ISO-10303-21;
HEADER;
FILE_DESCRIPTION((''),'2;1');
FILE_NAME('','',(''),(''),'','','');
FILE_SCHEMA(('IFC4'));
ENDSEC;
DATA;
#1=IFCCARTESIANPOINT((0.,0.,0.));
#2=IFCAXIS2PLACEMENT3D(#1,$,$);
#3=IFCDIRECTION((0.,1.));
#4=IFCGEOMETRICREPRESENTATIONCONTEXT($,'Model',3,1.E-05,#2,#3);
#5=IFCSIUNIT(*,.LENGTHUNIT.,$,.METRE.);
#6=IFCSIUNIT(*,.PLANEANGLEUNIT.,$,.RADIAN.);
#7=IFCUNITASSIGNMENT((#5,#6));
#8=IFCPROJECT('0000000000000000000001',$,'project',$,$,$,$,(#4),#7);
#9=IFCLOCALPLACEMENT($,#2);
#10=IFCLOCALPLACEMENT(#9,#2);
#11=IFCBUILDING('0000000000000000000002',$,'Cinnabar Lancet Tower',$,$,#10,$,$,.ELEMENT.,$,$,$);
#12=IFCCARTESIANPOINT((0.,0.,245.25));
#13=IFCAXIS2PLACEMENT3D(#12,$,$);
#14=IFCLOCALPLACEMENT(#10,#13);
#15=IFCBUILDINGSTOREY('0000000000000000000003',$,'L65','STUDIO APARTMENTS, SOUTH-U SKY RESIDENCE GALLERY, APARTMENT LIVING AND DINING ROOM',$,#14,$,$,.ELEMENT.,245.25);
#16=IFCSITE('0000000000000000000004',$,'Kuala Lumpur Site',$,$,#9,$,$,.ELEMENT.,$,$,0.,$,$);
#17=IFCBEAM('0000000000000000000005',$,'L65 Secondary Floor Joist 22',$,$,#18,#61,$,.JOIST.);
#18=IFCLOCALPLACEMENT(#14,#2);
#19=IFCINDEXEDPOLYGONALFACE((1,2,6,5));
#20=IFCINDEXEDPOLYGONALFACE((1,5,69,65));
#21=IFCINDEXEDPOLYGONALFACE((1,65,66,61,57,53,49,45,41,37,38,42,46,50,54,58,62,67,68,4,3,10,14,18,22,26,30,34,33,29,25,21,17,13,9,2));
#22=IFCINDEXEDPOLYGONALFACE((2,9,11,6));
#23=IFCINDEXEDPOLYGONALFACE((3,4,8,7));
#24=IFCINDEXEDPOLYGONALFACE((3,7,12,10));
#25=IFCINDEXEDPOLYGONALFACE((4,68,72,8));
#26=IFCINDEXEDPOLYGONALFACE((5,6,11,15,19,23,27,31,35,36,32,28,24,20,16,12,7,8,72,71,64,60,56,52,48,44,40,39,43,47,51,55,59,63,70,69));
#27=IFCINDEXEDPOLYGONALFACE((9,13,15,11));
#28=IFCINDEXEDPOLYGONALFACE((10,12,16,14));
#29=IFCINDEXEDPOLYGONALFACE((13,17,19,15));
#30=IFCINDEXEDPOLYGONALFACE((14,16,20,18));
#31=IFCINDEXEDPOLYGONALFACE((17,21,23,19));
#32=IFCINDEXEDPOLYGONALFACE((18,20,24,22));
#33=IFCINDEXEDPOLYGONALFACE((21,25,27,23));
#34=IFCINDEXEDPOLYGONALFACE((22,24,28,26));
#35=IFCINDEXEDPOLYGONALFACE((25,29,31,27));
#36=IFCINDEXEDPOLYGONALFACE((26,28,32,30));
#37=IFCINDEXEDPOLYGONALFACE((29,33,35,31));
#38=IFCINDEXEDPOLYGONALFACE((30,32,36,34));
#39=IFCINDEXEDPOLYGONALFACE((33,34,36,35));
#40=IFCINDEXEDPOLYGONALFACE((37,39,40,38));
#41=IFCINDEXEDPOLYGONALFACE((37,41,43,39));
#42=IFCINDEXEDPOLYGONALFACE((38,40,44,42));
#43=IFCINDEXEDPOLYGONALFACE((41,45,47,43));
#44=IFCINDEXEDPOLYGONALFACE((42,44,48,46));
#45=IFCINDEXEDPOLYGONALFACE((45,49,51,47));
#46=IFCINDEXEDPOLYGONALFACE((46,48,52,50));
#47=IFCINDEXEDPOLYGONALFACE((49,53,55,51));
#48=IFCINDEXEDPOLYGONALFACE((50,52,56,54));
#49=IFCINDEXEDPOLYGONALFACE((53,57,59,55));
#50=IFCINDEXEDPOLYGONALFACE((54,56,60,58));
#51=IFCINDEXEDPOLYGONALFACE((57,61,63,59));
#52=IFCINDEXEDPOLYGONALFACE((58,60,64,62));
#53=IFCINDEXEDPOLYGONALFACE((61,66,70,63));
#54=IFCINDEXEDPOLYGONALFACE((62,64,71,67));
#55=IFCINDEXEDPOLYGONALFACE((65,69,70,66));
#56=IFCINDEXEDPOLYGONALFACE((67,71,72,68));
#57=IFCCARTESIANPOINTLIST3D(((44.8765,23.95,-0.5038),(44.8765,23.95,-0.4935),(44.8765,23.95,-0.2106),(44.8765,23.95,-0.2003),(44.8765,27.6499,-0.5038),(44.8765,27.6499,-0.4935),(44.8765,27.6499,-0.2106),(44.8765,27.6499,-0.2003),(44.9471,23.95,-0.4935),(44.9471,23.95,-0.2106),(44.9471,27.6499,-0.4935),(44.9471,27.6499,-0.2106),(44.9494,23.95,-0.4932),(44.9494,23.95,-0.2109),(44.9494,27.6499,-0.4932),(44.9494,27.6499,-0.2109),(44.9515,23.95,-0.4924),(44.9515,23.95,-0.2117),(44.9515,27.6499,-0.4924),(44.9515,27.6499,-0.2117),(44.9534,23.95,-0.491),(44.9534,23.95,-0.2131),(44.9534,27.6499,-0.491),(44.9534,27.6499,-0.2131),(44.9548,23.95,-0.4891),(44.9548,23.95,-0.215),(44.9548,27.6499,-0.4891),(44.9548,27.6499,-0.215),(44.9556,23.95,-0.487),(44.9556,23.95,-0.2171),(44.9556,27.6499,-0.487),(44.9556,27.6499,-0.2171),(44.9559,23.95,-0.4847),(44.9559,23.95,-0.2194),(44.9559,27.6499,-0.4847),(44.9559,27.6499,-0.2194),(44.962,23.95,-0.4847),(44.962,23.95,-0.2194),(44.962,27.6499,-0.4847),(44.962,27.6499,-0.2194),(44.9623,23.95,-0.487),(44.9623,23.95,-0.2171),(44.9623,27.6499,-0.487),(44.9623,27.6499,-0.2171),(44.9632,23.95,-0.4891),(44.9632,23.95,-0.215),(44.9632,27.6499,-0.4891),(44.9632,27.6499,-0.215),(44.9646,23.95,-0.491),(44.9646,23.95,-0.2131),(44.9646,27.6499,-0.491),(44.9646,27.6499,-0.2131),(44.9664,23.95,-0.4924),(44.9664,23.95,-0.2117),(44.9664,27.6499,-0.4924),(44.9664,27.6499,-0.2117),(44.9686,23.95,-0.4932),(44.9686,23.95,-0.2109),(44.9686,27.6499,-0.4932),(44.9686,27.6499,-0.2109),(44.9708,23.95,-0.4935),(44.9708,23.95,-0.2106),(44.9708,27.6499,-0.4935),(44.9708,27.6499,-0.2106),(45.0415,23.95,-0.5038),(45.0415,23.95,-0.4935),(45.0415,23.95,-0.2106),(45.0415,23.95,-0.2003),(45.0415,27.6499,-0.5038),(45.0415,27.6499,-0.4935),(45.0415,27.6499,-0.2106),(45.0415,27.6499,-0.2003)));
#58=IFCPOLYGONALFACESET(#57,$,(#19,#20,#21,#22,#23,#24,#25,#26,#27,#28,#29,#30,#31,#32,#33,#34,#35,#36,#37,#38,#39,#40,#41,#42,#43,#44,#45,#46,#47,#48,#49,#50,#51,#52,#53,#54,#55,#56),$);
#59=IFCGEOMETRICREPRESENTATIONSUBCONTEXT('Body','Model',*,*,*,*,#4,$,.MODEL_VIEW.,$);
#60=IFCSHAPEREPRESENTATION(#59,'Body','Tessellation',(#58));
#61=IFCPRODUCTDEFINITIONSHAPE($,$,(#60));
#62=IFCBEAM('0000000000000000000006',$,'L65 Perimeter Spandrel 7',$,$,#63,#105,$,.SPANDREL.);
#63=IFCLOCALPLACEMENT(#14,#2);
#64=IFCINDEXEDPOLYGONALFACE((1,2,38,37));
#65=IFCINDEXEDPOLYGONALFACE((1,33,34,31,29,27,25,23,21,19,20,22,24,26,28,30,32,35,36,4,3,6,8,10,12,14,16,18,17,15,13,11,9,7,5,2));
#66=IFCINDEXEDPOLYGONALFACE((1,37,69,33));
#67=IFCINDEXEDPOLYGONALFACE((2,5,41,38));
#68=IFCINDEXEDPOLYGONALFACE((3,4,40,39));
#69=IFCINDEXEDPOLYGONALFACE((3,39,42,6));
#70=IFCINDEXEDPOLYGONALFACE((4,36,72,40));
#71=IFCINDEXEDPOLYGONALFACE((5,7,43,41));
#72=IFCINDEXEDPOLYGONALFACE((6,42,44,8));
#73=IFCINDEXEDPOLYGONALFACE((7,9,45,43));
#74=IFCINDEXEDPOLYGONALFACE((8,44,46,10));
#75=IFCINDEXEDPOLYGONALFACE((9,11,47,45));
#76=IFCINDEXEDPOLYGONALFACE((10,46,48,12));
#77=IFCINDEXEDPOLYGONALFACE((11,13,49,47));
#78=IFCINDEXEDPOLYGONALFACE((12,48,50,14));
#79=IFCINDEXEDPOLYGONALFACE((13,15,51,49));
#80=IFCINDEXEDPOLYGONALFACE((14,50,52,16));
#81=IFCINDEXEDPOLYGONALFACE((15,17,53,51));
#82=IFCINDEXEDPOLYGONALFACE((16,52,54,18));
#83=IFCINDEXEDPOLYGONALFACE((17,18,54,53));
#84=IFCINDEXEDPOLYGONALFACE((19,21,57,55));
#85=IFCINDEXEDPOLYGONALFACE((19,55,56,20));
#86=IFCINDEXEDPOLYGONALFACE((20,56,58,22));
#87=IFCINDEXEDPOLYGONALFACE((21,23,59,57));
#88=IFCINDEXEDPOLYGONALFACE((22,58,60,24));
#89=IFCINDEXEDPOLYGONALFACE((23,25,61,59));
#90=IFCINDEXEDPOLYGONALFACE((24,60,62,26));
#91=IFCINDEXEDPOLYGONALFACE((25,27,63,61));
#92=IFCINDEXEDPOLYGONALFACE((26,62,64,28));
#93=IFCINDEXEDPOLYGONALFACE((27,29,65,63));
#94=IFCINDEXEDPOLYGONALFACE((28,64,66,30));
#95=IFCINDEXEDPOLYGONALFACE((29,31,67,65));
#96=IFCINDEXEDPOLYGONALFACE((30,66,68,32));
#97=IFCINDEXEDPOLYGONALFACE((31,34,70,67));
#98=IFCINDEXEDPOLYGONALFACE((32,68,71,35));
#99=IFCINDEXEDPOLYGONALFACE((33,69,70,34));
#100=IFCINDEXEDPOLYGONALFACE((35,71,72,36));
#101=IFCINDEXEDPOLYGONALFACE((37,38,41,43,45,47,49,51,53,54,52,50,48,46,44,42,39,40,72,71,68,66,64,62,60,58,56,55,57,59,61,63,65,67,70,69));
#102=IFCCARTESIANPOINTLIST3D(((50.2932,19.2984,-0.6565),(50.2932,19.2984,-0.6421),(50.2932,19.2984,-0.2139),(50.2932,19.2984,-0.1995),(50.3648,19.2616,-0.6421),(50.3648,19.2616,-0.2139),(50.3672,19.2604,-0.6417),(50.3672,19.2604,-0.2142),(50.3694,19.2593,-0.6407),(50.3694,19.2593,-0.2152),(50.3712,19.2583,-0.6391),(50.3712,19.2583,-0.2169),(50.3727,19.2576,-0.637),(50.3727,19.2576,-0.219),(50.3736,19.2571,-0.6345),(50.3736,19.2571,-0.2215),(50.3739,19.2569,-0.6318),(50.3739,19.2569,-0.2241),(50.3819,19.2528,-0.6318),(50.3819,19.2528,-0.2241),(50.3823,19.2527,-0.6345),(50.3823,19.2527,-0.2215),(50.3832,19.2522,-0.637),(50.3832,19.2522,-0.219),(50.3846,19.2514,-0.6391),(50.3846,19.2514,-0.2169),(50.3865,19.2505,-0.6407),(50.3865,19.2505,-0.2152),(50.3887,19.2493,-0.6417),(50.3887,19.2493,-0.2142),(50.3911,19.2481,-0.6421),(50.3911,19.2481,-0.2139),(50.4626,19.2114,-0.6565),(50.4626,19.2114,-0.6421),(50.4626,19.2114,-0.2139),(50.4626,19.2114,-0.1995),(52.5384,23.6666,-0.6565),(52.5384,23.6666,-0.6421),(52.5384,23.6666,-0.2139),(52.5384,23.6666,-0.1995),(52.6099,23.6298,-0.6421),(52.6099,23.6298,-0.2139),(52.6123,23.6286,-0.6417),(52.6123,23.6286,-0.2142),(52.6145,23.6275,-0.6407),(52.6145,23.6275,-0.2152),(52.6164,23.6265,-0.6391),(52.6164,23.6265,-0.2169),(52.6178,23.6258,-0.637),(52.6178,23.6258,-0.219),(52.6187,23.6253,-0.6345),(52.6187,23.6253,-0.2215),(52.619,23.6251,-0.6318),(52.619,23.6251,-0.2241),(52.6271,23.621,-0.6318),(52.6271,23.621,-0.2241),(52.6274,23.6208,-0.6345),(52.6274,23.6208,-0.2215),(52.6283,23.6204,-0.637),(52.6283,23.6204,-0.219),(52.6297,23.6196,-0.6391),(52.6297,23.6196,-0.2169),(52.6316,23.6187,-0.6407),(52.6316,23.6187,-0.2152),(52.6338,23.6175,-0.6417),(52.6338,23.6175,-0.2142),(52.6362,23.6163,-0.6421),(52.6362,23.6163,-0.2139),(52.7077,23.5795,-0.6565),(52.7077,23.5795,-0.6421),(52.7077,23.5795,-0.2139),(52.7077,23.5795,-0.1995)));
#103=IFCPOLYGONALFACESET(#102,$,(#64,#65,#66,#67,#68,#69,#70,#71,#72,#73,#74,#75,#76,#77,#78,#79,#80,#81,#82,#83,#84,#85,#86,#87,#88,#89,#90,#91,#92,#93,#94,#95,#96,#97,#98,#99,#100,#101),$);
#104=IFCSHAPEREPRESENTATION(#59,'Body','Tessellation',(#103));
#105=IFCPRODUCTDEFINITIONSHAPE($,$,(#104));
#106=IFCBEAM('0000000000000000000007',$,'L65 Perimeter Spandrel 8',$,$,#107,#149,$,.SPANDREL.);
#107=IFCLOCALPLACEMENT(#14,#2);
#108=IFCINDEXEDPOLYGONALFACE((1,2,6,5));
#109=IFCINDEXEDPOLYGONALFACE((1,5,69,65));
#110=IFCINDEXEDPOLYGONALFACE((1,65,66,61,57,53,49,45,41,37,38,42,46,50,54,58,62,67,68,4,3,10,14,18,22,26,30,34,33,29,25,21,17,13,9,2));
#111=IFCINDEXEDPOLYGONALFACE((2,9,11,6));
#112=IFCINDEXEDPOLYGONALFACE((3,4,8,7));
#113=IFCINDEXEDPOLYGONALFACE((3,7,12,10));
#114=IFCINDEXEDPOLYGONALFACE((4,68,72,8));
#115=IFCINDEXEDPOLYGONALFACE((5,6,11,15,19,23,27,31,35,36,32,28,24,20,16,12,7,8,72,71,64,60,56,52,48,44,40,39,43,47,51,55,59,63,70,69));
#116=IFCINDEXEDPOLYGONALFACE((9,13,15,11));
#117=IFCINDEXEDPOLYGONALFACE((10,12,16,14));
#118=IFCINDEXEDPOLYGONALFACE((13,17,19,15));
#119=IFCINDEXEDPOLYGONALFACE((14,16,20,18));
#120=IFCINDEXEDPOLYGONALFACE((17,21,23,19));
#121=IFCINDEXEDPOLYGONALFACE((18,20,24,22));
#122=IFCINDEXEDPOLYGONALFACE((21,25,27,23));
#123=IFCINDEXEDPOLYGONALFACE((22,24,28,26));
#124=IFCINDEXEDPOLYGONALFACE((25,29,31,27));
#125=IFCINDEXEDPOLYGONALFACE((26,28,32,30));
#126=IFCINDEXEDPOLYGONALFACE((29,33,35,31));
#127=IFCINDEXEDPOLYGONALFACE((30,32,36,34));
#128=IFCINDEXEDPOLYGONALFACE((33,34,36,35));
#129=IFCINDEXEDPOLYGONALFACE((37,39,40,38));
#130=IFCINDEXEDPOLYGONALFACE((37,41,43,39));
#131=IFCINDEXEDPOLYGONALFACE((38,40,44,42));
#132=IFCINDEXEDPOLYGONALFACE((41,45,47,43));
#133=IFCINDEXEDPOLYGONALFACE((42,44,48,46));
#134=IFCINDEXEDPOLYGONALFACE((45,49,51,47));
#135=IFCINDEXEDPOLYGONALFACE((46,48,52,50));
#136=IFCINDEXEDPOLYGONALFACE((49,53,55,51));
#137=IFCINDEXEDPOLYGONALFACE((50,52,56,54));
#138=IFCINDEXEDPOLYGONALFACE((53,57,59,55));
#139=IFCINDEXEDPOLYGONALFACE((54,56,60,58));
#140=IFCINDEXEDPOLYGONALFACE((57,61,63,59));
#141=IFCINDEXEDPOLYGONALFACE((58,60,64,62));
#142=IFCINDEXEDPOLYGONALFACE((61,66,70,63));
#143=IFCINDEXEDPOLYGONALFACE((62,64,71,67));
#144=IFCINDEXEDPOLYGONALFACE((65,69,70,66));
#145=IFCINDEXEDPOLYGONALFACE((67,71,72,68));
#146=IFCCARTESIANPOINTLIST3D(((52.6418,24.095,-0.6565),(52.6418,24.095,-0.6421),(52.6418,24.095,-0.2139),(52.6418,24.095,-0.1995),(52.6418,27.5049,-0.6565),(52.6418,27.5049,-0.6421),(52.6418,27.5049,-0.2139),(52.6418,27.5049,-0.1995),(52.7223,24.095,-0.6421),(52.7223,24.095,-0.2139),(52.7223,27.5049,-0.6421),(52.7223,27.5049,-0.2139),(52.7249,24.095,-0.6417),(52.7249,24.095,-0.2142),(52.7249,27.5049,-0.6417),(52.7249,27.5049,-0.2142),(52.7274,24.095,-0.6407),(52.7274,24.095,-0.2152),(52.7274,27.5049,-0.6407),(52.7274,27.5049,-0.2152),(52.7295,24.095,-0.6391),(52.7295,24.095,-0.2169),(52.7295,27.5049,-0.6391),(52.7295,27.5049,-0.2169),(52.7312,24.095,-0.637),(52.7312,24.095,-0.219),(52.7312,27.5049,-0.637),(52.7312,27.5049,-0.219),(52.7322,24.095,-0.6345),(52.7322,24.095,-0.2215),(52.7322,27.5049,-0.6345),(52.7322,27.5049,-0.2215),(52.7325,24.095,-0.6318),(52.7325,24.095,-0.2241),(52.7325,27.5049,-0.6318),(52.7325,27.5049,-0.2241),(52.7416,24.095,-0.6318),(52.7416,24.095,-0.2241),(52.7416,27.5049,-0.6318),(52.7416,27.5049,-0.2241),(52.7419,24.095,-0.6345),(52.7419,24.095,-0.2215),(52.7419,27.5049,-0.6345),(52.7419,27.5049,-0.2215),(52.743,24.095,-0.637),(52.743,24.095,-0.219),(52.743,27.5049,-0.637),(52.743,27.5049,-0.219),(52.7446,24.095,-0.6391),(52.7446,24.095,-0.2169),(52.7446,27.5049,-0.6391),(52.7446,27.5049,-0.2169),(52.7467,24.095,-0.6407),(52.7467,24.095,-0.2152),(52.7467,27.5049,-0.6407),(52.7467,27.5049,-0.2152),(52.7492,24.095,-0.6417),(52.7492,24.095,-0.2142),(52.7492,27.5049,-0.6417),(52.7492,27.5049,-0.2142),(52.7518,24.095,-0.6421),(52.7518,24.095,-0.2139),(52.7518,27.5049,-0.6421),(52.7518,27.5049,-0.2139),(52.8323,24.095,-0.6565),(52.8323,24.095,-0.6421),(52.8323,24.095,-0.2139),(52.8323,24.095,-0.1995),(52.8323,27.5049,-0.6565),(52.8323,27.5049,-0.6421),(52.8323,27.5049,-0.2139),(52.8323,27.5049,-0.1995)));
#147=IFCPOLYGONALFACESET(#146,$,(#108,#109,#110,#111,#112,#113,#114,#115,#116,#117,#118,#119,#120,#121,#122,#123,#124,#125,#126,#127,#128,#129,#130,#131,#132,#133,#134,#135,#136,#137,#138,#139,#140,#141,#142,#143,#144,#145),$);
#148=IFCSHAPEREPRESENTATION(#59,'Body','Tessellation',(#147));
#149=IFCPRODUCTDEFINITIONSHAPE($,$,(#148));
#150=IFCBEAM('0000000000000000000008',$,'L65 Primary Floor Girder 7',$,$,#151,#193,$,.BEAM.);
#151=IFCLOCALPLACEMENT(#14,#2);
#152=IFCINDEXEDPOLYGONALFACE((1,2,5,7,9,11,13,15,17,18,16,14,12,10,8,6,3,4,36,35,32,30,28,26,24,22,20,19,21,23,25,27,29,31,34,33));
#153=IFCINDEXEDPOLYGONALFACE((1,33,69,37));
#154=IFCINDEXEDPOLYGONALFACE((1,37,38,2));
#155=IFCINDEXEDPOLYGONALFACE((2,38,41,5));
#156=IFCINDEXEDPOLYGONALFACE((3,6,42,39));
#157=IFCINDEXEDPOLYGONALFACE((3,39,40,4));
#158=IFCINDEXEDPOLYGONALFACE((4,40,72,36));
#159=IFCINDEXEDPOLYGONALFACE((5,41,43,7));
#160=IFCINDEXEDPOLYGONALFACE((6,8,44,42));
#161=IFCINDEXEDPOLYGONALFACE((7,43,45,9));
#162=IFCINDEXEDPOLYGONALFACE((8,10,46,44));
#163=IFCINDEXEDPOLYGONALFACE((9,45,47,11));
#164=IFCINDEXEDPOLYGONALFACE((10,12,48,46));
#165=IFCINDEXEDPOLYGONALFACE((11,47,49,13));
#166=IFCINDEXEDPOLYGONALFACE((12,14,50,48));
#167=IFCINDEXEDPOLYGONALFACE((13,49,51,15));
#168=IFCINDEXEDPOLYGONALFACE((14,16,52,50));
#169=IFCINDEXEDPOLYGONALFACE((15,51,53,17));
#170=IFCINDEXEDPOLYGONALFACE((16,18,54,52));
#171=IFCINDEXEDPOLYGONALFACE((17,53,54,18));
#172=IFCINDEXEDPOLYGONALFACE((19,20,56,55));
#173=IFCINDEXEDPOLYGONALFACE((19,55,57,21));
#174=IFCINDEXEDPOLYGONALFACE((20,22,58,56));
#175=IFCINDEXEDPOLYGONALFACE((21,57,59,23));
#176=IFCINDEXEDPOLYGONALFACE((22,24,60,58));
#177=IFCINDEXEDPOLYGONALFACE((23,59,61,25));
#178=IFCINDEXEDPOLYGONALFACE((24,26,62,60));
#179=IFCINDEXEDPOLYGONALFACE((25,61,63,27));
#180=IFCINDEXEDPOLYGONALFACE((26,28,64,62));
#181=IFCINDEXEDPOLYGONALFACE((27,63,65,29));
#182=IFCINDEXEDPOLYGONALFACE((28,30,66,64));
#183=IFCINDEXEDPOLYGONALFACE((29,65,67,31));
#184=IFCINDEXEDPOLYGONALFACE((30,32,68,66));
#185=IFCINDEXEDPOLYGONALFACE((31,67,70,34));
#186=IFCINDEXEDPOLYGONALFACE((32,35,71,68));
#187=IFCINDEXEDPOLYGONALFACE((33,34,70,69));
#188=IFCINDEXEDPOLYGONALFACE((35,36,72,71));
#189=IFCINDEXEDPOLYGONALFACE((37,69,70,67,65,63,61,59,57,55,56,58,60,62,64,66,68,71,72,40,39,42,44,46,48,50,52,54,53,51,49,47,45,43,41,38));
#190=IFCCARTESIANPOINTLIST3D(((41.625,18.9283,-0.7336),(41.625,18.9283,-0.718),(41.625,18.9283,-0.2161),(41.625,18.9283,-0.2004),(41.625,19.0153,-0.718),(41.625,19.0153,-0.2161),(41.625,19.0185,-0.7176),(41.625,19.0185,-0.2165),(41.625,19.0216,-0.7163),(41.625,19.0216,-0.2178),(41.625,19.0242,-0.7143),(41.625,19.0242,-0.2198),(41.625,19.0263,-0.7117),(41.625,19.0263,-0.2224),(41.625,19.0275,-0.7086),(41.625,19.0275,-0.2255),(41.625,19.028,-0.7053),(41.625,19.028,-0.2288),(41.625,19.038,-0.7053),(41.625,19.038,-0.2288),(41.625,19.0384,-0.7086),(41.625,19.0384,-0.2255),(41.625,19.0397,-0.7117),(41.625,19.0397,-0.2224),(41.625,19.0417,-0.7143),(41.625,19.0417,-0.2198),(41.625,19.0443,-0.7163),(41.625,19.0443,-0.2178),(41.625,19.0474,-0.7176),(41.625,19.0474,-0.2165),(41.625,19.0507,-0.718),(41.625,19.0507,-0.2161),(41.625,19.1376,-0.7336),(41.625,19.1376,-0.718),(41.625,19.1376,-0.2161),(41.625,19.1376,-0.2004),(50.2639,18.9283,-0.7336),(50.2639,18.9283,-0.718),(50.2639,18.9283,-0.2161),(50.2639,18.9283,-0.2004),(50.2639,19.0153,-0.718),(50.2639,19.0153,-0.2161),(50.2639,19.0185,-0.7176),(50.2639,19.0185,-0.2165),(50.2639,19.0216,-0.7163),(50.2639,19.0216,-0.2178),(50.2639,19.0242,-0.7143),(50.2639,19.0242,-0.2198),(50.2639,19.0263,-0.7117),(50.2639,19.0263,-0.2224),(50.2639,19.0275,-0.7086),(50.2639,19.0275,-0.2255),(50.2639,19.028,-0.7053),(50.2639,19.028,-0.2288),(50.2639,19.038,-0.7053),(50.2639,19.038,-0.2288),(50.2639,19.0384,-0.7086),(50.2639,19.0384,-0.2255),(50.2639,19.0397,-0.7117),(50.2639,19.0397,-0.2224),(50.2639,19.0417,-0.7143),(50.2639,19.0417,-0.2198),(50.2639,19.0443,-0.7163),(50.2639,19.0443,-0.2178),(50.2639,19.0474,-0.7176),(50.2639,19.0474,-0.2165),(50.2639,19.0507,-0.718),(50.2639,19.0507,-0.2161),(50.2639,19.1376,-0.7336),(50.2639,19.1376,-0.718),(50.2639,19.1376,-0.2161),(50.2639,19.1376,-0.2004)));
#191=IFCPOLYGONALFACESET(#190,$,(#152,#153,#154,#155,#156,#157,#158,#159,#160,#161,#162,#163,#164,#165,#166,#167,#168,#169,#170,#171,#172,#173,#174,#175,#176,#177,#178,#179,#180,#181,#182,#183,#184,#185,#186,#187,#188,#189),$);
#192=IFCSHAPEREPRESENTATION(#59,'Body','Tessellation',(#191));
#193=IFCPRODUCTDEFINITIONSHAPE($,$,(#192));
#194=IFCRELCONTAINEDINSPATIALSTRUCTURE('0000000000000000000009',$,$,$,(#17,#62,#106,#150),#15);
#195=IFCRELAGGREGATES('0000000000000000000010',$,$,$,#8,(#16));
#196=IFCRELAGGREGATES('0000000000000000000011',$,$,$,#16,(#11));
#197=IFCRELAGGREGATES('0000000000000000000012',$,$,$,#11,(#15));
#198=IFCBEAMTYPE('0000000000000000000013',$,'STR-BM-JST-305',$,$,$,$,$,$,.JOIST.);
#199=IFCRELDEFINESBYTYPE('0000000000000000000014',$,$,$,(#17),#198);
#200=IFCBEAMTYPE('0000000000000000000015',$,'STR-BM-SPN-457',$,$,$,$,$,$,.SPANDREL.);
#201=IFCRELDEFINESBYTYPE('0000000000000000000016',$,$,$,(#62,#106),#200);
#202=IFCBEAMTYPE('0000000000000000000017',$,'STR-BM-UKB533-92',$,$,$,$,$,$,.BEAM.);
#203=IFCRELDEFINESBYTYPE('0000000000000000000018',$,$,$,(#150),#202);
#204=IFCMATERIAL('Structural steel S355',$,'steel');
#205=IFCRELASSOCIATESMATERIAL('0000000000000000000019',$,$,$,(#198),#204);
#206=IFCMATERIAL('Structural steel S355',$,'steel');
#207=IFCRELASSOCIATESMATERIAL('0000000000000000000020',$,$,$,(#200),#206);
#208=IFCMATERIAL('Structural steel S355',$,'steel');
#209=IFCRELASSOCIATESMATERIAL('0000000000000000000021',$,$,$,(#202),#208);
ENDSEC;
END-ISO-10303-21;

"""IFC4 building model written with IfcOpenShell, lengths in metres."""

from ifc_helpers import new_model, si_unit, direction, frame, origin, origin_2d, place, context, subcontext, project, spatial, i_section, extrude, material, material_profile, profile_set, type_object, element, save


model = new_model("IFC4")

# Units and contexts
model_context = context("Model", 3, precision=1e-05, world=origin(), true_north=direction((0.0, 1.0)))
body_context = subcontext(model_context, "Body", "Model", "MODEL_VIEW")
ifc_project = project(units=[si_unit("LENGTHUNIT", "METRE"), si_unit("PLANEANGLEUNIT", "RADIAN")], contexts=[model_context])

# Site, building, storey
site_placement = place(None, origin())
site = spatial("IfcSite", under=ifc_project, at=site_placement, Name="Kuala Lumpur Site", CompositionType="ELEMENT", RefElevation=0.0)
building_placement = place(site_placement, origin())
building = spatial("IfcBuilding", under=site, at=building_placement, Name="Cinnabar Lancet Tower", CompositionType="ELEMENT")
storey_placement = place(building_placement, frame((0.0, 0.0, 245.25)))
storey = spatial("IfcBuildingStorey", under=building, at=storey_placement, Name="L65", Description="STUDIO APARTMENTS, SOUTH-U SKY RESIDENCE GALLERY, APARTMENT LIVING AND DINING ROOM", CompositionType="ELEMENT", Elevation=245.25)

# Beams
ifc_material_1 = material(Name="Structural steel S355", Category="steel")
ifc_material_profile_1 = material_profile(ifc_material_1, i_section(OverallWidth=0.165, OverallDepth=0.3035, WebThickness=0.0061, FlangeThickness=0.0103, FilletRadius=0.0088, at=origin_2d()), Name="UKB 305x165x40")
ifc_profile_set_1 = profile_set([ifc_material_profile_1], Name="Structural steel S355")
beam_type_1 = type_object("IfcBeamType", Name="STR-BM-JST-305", PredefinedType="JOIST", material=ifc_profile_set_1)
for number, where, z_axis, x_axis, name in (
    (1, (44.959, 23.95, -0.3521), (0.0, 1.0, 0.0), (-1.0, 0.0, 0.0), "L65 Secondary Floor Joist 22"),
):
    element("IfcBeam", number, at=place(storey_placement, frame(where, z_axis=z_axis, x_axis=x_axis)), inside=storey, type_object=beam_type_1, Name=name, PredefinedType="JOIST", context=body_context, shape_type="SweptSolid", body=[
        extrude(i_section(OverallWidth=0.165, OverallDepth=0.3035, WebThickness=0.0061, FlangeThickness=0.0103, FilletRadius=0.0088, at=origin_2d()), origin(), (0.0, 0.0, 1.0), 3.7),
    ])
ifc_material_2 = material(Name="Structural steel S355", Category="steel")
ifc_material_profile_2 = material_profile(ifc_material_2, i_section(OverallWidth=0.1904, OverallDepth=0.457, WebThickness=0.009, FlangeThickness=0.0144, FilletRadius=0.0103, at=origin_2d()), Name="UKB 457x191x74")
ifc_profile_set_2 = profile_set([ifc_material_profile_2], Name="Structural steel S355")
beam_type_2 = type_object("IfcBeamType", Name="STR-BM-SPN-457", PredefinedType="SPANDREL", material=ifc_profile_set_2)
beam_1_placement = place(storey_placement, frame((50.3779, 19.2549, -0.428), z_axis=(0.457128, 0.889401, 0.0), x_axis=(-0.889401, 0.457128, 0.0)))
element("IfcBeam", 2, at=beam_1_placement, inside=storey, type_object=beam_type_2, Name="L65 Perimeter Spandrel 7", PredefinedType="SPANDREL", context=body_context, shape_type="SweptSolid", body=[
    extrude(i_section(OverallWidth=0.1904, OverallDepth=0.457, WebThickness=0.009, FlangeThickness=0.0144, FilletRadius=0.0103, at=origin_2d()), origin(), (0.0, 0.0, 1.0), 4.9114),
])
beam_2_placement = place(storey_placement, frame((52.7371, 24.095, -0.428), z_axis=(0.0, 1.0, 0.0), x_axis=(-1.0, 0.0, 0.0)))
element("IfcBeam", 3, at=beam_2_placement, inside=storey, type_object=beam_type_2, Name="L65 Perimeter Spandrel 8", PredefinedType="SPANDREL", context=body_context, shape_type="SweptSolid", body=[
    extrude(i_section(OverallWidth=0.1904, OverallDepth=0.457, WebThickness=0.009, FlangeThickness=0.0144, FilletRadius=0.0103, at=origin_2d()), origin(), (0.0, 0.0, 1.0), 3.4099),
])
ifc_material_3 = material(Name="Structural steel S355", Category="steel")
ifc_material_profile_3 = material_profile(ifc_material_3, i_section(OverallWidth=0.2092, OverallDepth=0.5332, WebThickness=0.01, FlangeThickness=0.0156, FilletRadius=0.0127, at=origin_2d()), Name="UKB 533x210x92")
ifc_profile_set_3 = profile_set([ifc_material_profile_3], Name="Structural steel S355")
beam_type_3 = type_object("IfcBeamType", Name="STR-BM-UKB533-92", PredefinedType="BEAM", material=ifc_profile_set_3)
beam_3_placement = place(storey_placement, frame((50.2639, 19.033, -0.467), z_axis=(-1.0, 0.0, 0.0), x_axis=(0.0, -1.0, 0.0)))
element("IfcBeam", 4, at=beam_3_placement, inside=storey, type_object=beam_type_3, Name="L65 Primary Floor Girder 7", PredefinedType="BEAM", context=body_context, shape_type="SweptSolid", body=[
    extrude(i_section(OverallWidth=0.2092, OverallDepth=0.5332, WebThickness=0.01, FlangeThickness=0.0156, FilletRadius=0.0127, at=origin_2d()), origin(), (0.0, 0.0, 1.0), 8.6389),
])

save(model, "model.ifc")
